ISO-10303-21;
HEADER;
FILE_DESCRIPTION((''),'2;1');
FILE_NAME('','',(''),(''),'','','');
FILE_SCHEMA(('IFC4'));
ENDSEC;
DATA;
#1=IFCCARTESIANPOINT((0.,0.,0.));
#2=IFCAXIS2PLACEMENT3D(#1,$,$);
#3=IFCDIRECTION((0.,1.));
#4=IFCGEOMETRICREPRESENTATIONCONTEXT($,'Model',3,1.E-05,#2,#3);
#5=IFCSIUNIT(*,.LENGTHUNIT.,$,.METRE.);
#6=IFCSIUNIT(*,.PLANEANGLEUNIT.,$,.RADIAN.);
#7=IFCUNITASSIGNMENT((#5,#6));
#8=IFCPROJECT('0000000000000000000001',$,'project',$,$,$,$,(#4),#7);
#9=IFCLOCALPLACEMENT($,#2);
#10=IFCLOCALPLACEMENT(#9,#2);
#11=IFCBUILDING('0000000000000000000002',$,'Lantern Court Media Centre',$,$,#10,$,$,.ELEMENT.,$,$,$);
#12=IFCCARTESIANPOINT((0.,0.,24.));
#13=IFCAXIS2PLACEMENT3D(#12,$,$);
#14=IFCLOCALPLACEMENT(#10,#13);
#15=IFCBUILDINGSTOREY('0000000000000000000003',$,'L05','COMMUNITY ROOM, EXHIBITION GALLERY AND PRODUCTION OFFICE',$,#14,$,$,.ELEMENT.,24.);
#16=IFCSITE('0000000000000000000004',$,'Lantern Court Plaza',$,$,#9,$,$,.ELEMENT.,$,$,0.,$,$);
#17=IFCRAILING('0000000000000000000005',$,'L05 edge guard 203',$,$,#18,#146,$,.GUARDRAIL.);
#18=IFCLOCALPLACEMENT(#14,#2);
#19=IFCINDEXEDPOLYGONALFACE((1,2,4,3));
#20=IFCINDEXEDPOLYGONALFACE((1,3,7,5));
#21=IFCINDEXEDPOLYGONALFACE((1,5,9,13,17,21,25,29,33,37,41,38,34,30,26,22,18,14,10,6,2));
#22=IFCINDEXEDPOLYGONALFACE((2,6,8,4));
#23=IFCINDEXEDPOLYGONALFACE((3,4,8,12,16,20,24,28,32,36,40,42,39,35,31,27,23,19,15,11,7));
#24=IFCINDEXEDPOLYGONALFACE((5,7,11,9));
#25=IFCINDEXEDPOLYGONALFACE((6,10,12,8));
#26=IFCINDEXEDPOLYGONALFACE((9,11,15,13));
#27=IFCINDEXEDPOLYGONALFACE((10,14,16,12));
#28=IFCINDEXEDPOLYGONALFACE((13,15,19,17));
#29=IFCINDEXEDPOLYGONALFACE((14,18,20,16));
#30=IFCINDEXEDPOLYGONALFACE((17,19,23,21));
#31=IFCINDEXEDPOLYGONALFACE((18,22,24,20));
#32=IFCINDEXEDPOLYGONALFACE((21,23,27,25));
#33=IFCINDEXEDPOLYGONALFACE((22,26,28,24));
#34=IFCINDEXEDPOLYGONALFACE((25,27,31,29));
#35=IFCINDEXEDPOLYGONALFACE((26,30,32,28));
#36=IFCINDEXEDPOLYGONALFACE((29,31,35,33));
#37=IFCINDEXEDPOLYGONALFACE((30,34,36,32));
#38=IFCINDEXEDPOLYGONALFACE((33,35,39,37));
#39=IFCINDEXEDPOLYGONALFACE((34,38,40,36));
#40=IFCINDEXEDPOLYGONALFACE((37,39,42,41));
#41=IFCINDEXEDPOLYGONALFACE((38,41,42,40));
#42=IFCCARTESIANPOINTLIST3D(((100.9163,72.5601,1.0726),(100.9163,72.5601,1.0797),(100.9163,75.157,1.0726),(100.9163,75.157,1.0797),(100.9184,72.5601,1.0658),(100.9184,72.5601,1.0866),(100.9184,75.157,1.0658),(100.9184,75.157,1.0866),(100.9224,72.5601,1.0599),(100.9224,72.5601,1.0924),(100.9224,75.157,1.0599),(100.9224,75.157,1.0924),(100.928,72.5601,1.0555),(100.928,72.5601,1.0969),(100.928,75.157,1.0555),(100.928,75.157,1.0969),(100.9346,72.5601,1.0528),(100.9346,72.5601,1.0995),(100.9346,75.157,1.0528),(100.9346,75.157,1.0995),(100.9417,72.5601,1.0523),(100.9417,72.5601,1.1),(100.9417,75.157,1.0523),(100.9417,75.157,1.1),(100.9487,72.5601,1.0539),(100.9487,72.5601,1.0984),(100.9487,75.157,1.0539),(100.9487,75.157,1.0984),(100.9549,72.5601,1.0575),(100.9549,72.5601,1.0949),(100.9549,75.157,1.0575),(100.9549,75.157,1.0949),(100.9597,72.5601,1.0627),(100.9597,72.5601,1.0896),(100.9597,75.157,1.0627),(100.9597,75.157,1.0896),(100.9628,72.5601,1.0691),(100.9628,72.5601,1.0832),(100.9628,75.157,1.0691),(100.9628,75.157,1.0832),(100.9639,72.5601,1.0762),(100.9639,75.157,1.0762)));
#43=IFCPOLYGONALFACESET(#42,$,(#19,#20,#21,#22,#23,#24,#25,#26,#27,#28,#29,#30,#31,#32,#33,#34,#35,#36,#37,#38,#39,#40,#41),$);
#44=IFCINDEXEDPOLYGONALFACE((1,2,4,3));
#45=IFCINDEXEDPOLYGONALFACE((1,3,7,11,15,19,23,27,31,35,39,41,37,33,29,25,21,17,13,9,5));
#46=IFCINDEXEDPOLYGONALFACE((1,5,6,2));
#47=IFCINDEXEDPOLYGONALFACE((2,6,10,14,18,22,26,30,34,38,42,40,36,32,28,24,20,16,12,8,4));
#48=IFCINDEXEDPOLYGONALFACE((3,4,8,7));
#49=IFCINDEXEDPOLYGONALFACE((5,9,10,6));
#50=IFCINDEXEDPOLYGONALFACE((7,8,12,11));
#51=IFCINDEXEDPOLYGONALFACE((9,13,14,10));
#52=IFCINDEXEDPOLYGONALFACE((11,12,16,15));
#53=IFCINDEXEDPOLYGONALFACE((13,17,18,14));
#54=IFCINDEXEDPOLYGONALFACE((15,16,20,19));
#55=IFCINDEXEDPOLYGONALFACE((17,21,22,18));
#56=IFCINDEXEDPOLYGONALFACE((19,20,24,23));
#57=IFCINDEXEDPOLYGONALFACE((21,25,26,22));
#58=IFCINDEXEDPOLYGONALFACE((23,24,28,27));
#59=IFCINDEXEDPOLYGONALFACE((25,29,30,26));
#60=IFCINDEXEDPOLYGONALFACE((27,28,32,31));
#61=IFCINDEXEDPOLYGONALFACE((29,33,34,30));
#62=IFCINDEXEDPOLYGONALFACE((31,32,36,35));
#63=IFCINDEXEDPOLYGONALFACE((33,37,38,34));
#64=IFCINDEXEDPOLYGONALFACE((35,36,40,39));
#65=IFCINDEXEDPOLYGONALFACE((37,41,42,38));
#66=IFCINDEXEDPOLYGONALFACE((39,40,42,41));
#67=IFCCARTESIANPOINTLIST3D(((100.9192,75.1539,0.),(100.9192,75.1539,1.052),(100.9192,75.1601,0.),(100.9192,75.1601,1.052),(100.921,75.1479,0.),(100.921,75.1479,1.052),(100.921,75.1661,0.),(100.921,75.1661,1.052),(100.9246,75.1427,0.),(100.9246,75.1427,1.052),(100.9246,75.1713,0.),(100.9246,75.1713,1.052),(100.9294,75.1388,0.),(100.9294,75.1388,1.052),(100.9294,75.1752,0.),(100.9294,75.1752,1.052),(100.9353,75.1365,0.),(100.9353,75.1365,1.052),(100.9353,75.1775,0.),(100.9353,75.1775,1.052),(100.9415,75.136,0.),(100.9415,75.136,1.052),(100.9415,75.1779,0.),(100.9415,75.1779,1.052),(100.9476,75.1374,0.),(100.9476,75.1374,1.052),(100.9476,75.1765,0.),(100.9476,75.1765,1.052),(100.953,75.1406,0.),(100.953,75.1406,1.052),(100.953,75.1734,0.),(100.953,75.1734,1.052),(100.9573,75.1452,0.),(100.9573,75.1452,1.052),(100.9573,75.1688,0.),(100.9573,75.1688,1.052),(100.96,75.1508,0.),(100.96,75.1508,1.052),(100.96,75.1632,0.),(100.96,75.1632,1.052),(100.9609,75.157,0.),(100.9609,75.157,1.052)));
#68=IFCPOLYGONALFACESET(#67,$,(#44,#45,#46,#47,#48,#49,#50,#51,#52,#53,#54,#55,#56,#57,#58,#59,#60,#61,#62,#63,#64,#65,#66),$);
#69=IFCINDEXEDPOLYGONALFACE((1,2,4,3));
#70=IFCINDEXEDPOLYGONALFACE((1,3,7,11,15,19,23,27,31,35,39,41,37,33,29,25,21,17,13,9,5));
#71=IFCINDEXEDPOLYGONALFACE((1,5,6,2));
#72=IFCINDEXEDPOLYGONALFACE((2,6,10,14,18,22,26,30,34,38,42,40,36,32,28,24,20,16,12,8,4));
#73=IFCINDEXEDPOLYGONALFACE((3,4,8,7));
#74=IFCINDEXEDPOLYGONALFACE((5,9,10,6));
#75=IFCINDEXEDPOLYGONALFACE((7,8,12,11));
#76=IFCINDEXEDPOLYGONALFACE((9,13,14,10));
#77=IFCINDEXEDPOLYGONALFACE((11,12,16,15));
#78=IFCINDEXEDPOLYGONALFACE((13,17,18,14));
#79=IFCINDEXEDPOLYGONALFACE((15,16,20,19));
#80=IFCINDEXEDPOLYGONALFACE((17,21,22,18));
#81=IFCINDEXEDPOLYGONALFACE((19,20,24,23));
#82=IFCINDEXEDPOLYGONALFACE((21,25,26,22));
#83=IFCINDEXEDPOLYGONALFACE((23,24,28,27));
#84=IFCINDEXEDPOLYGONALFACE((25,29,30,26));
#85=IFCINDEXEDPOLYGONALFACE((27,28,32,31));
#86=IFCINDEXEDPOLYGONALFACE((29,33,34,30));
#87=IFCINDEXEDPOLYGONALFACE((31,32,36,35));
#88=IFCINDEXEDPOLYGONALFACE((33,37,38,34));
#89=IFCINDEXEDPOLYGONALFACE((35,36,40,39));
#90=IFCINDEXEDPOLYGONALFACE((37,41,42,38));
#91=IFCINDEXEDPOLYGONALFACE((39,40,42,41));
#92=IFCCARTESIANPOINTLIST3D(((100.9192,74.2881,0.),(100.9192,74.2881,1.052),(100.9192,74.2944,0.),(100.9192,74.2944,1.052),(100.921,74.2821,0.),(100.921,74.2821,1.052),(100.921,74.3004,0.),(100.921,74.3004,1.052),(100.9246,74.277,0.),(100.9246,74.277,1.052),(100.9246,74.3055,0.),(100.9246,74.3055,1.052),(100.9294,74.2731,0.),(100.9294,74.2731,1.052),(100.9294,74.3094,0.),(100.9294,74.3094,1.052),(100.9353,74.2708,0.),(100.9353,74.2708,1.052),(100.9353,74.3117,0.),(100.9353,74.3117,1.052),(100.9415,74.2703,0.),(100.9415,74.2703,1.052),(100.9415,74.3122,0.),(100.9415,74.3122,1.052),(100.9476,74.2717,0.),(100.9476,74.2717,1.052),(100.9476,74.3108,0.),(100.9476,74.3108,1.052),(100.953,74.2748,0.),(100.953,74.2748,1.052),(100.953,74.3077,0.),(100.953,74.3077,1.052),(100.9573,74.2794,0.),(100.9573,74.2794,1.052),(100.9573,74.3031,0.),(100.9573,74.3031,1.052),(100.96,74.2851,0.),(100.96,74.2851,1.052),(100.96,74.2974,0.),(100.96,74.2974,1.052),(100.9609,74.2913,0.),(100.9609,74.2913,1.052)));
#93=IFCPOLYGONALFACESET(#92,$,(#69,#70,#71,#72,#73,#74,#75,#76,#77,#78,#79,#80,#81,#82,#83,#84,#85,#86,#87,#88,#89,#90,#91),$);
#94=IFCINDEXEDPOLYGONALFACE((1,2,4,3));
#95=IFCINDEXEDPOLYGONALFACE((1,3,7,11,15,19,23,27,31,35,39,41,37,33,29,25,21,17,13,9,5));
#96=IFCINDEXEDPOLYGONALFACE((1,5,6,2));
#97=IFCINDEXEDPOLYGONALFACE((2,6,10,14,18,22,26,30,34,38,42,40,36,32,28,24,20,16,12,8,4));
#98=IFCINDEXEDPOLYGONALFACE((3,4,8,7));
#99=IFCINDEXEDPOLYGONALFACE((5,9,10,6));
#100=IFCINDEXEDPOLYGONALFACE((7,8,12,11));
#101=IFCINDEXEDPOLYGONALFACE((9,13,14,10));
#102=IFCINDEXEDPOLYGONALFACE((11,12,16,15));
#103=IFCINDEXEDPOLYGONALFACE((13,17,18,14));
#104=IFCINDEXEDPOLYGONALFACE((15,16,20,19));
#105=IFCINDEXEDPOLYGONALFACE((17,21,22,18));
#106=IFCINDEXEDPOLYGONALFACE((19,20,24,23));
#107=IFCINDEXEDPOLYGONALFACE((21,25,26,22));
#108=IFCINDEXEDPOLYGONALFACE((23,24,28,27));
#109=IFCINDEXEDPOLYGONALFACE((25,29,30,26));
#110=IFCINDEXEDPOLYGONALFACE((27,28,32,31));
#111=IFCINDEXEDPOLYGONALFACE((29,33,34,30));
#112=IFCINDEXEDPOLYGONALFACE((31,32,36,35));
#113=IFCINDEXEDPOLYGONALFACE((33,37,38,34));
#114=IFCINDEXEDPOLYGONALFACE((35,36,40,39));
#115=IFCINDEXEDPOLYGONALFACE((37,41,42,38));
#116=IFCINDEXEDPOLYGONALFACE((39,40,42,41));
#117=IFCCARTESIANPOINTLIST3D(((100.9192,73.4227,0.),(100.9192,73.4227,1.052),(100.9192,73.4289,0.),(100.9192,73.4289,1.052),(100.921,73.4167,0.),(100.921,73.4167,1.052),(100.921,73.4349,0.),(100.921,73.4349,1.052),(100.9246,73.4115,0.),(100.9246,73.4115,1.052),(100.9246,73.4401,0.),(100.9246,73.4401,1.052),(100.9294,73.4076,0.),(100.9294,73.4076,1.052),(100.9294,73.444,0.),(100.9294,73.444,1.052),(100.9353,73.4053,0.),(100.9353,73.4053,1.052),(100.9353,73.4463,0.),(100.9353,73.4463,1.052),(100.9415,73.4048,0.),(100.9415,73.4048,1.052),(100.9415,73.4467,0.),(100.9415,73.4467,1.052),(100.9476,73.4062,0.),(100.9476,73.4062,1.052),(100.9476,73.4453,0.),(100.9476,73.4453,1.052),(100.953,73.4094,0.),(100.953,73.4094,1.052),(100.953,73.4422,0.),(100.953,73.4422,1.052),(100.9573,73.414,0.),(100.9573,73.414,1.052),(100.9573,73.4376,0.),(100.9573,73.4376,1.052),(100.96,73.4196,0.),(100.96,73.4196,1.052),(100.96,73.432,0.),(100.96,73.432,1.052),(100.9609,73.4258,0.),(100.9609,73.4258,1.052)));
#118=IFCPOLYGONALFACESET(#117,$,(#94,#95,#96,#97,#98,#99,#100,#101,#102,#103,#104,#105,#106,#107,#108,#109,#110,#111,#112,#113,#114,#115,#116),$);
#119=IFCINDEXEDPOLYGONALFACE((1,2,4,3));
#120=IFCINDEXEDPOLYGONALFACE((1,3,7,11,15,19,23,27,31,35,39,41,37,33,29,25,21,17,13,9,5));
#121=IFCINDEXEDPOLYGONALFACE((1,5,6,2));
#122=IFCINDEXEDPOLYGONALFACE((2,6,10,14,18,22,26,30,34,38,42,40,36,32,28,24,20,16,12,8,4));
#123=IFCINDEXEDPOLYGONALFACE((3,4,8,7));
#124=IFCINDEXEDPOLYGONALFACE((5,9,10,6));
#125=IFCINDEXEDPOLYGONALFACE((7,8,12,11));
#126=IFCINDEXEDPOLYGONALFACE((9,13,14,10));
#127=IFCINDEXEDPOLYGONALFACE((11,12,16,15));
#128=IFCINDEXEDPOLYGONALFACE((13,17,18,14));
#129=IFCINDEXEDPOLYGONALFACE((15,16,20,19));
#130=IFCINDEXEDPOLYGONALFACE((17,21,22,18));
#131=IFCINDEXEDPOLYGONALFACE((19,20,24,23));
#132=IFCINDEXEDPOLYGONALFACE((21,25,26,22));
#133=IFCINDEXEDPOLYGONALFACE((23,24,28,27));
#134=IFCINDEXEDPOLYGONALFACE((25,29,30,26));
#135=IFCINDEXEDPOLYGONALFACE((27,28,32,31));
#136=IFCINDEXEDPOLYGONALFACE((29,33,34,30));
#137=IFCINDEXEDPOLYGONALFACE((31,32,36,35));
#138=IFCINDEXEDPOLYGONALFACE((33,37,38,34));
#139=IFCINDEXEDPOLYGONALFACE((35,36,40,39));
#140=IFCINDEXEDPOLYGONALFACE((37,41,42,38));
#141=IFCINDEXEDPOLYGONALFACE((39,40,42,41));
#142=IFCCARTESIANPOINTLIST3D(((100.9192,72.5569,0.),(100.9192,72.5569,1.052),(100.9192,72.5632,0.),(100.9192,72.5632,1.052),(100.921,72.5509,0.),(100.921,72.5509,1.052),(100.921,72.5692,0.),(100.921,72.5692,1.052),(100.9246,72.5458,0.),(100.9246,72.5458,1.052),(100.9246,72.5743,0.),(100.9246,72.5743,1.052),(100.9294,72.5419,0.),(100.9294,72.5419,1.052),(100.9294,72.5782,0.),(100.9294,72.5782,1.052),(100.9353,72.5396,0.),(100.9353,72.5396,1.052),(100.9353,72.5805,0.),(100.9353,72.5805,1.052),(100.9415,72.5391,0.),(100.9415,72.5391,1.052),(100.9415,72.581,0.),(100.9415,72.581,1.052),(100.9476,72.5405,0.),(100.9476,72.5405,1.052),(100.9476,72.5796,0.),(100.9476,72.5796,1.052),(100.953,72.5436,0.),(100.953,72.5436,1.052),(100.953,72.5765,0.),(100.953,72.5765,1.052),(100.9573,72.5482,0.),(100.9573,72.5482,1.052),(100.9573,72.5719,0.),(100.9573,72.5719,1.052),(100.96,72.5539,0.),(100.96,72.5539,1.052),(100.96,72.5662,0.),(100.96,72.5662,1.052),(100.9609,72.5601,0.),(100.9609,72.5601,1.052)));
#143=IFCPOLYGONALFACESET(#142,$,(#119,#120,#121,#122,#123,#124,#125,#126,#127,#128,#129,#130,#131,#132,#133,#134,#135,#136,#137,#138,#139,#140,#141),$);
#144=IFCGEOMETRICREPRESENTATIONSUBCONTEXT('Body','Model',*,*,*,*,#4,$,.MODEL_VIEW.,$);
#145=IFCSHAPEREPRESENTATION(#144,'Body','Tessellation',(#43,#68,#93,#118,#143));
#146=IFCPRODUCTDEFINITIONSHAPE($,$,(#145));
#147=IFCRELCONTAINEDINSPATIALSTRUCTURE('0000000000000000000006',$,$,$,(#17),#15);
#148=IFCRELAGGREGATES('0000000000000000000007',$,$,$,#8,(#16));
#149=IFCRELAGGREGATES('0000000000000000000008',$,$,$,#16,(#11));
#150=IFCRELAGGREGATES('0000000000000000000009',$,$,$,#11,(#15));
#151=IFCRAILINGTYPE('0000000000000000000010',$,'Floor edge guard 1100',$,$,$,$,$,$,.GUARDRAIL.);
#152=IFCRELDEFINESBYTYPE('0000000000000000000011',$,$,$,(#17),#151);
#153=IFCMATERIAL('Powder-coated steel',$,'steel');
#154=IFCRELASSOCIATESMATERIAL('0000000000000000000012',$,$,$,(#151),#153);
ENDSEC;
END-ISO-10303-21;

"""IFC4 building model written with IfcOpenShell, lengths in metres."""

from ifc_helpers import new_model, si_unit, direction, frame, origin, origin_2d, place, context, subcontext, project, spatial, circle, extrude, material, type_object, element, save


model = new_model("IFC4")

# Units and contexts
model_context = context("Model", 3, precision=1e-05, world=origin(), true_north=direction((0.0, 1.0)))
body_context = subcontext(model_context, "Body", "Model", "MODEL_VIEW")
ifc_project = project(units=[si_unit("LENGTHUNIT", "METRE"), si_unit("PLANEANGLEUNIT", "RADIAN")], contexts=[model_context])

# Site, building, storey
site_placement = place(None, origin())
site = spatial("IfcSite", under=ifc_project, at=site_placement, Name="Lantern Court Plaza", CompositionType="ELEMENT", RefElevation=0.0)
building_placement = place(site_placement, origin())
building = spatial("IfcBuilding", under=site, at=building_placement, Name="Lantern Court Media Centre", CompositionType="ELEMENT")
storey_placement = place(building_placement, frame((0.0, 0.0, 24.0)))
storey = spatial("IfcBuildingStorey", under=building, at=storey_placement, Name="L05", Description="COMMUNITY ROOM, EXHIBITION GALLERY AND PRODUCTION OFFICE", CompositionType="ELEMENT", Elevation=24.0)

# Railing
ifc_material_1 = material(Name="Powder-coated steel", Category="steel")
railing_type = type_object("IfcRailingType", Name="Floor edge guard 1100", PredefinedType="GUARDRAIL", material=ifc_material_1)
railing_1_placement = place(storey_placement, frame((100.9399, 75.157, 0.0)))
element("IfcRailing", 1, at=railing_1_placement, inside=storey, type_object=railing_type, Name="L05 edge guard 203", PredefinedType="GUARDRAIL", context=body_context, shape_type="SweptSolid", body=[
    extrude(circle(Radius=0.0239, at=origin_2d()), frame((0.0, 0.0, 1.0762), z_axis=(0.0, -1.0, 0.0), x_axis=(1.0, 0.0, 0.0)), (0.0, 0.0, 1.0), 2.5969),
    extrude(circle(Radius=0.021, at=origin_2d()), origin(), (0.0, 0.0, 1.0), 1.052),
    extrude(circle(Radius=0.021, at=origin_2d()), frame((0.0, -0.8657, 0.0)), (0.0, 0.0, 1.0), 1.052),
    extrude(circle(Radius=0.021, at=origin_2d()), frame((0.0, -1.7312, 0.0)), (0.0, 0.0, 1.0), 1.052),
    extrude(circle(Radius=0.021, at=origin_2d()), frame((0.0, -2.5969, 0.0)), (0.0, 0.0, 1.0), 1.052),
])

save(model, "model.ifc")
